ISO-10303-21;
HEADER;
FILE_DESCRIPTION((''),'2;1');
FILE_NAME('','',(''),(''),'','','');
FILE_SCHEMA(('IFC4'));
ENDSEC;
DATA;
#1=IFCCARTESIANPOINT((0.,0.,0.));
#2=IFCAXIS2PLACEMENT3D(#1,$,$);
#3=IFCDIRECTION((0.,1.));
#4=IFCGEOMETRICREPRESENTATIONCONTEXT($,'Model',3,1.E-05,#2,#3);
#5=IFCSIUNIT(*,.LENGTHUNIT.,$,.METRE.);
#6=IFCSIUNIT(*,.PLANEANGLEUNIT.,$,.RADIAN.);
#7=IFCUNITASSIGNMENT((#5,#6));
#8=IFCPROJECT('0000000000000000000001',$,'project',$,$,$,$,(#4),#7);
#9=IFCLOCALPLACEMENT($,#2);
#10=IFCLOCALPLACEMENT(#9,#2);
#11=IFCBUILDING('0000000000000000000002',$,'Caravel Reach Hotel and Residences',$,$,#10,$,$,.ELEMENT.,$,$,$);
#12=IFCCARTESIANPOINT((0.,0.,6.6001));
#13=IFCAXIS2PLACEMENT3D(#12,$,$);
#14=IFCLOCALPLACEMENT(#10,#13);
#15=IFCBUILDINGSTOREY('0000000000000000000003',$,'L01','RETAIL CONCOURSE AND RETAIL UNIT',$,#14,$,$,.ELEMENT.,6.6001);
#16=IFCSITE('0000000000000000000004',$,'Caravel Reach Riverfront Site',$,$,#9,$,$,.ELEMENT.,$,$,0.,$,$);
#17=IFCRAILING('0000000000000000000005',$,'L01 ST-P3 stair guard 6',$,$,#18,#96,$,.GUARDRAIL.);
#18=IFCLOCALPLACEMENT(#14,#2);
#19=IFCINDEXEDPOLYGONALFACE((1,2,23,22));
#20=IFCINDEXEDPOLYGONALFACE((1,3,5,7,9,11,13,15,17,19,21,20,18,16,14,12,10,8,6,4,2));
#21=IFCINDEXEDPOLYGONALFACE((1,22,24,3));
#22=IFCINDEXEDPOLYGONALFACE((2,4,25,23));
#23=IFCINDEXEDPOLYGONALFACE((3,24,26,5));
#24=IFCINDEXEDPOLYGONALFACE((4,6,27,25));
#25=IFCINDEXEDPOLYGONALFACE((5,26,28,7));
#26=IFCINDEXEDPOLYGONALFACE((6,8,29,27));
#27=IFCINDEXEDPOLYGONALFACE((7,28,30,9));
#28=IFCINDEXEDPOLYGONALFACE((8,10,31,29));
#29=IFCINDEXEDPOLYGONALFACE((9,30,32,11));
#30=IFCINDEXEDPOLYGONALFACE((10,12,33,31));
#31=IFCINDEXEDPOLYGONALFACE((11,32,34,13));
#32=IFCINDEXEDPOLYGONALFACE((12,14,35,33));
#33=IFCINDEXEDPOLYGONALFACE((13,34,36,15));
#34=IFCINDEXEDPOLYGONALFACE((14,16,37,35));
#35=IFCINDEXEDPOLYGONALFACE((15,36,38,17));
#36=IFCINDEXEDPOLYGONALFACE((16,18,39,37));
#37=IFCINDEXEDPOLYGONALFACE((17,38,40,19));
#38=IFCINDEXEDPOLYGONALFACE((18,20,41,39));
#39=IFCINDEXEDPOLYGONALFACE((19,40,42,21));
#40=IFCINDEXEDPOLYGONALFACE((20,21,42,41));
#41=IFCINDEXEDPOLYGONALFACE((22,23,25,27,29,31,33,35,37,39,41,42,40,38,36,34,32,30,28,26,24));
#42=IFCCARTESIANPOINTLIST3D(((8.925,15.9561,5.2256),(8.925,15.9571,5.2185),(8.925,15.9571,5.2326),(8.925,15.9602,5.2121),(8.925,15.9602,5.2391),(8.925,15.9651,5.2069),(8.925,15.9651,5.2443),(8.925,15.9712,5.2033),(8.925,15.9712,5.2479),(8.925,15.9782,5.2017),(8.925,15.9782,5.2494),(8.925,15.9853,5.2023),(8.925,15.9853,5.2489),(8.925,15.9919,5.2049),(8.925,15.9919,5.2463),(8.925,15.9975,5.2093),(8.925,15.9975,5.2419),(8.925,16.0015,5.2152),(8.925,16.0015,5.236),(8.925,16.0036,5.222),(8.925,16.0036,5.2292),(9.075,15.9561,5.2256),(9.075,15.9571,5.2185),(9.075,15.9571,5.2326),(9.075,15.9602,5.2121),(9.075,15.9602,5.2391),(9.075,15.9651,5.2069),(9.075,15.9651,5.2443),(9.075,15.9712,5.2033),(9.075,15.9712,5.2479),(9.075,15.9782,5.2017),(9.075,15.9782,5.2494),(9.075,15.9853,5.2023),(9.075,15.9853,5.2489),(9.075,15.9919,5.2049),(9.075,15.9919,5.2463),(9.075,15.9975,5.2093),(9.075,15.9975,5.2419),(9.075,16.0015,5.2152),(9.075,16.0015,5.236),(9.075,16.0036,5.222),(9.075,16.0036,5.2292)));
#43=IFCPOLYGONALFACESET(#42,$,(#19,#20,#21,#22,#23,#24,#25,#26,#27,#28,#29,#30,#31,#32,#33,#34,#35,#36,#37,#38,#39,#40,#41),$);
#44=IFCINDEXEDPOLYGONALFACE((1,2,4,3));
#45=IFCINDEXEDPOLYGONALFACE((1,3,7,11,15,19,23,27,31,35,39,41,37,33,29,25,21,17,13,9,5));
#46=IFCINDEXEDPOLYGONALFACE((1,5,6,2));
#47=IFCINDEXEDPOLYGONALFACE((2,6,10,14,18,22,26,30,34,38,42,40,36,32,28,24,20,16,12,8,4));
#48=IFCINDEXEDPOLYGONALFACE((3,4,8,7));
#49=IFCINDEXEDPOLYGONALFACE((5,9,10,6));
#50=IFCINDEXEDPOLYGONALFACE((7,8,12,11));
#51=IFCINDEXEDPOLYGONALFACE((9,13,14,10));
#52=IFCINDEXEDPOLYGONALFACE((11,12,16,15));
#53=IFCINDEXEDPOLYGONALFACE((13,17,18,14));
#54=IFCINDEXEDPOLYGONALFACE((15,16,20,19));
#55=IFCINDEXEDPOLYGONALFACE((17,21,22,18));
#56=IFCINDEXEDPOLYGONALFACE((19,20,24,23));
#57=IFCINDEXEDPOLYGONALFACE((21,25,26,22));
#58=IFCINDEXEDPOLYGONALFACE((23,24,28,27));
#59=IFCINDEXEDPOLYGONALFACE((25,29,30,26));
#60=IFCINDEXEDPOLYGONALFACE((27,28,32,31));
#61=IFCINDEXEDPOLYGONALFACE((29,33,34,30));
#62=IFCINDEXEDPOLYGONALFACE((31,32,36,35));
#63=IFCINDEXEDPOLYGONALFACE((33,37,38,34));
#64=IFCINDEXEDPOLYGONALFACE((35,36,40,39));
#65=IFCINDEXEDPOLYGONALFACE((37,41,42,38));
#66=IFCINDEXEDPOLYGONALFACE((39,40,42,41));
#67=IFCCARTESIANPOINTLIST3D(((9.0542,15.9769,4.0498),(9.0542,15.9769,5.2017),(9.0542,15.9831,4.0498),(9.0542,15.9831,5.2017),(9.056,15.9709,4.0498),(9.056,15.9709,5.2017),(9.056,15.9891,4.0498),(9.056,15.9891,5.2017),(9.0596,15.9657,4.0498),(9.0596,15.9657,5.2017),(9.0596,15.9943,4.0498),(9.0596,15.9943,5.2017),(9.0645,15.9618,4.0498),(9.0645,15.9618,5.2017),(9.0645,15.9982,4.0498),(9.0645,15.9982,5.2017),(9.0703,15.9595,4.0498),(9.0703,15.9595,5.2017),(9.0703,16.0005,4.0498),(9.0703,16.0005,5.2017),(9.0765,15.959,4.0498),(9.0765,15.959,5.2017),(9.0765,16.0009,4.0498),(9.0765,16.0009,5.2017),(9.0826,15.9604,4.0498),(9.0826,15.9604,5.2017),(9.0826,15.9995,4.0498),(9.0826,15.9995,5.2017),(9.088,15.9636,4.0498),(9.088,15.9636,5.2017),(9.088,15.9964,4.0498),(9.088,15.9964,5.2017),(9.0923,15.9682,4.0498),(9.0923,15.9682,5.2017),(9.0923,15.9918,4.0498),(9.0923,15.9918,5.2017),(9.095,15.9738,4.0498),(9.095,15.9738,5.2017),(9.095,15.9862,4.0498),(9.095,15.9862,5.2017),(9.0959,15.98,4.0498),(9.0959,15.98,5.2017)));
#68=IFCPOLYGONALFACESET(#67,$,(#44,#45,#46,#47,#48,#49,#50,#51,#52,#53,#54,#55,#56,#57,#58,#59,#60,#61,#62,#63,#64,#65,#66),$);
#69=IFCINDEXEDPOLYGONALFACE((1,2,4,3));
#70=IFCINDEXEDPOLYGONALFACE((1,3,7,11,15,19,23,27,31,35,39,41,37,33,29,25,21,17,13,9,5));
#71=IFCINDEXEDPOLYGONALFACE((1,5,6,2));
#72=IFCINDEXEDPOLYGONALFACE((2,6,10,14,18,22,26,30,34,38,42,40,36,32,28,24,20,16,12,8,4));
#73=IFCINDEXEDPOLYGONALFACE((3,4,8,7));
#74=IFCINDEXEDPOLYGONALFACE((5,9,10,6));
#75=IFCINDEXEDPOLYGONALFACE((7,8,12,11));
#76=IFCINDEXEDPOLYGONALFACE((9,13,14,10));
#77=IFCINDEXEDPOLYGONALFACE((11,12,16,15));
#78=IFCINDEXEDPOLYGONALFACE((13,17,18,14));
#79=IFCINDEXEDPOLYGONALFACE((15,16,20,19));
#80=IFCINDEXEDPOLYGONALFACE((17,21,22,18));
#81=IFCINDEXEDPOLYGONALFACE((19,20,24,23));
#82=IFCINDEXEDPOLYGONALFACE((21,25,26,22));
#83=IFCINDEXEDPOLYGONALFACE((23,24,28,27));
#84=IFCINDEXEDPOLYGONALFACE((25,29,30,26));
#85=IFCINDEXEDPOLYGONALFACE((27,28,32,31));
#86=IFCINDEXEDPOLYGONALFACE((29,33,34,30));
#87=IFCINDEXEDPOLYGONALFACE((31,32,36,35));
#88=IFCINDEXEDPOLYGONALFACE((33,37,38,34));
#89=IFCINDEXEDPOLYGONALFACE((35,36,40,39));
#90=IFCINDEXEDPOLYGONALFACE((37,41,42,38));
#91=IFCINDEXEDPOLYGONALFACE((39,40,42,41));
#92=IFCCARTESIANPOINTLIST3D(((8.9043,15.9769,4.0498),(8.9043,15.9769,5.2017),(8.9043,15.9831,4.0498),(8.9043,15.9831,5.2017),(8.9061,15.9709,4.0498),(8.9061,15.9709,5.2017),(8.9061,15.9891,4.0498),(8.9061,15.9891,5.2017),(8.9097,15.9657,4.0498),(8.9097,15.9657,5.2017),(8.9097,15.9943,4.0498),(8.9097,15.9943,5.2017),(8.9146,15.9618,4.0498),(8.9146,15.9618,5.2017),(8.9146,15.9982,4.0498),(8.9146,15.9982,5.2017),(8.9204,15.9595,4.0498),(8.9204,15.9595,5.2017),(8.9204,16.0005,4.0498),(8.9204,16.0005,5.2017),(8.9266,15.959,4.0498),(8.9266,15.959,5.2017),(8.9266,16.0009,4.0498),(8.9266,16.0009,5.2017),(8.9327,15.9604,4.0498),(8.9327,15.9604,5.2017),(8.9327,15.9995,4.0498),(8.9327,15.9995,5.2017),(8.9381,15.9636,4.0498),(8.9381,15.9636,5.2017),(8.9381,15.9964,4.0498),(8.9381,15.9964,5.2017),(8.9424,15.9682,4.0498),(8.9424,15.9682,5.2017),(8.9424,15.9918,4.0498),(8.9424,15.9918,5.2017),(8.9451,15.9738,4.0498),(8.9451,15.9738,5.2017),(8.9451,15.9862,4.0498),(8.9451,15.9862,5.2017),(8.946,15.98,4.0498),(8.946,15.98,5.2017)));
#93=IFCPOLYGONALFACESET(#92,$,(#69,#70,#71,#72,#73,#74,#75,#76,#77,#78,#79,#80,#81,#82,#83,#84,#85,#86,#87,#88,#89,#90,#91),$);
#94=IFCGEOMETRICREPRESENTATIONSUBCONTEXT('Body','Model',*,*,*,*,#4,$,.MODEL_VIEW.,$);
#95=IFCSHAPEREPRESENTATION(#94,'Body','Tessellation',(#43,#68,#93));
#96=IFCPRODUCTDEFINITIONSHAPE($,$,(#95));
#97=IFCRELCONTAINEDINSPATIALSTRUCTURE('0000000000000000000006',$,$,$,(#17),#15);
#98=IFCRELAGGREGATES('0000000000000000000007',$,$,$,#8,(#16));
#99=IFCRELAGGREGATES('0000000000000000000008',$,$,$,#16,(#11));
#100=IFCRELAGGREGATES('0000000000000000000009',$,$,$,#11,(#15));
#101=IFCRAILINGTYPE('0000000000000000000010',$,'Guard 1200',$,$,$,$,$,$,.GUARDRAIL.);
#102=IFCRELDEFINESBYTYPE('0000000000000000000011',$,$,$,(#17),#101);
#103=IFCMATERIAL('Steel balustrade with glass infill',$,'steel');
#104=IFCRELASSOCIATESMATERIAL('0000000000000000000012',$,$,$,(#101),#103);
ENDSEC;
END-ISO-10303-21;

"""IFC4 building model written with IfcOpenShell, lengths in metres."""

from ifc_helpers import new_model, si_unit, direction, frame, origin, origin_2d, place, context, subcontext, project, spatial, circle, extrude, material, type_object, element, save


model = new_model("IFC4")

# Units and contexts
model_context = context("Model", 3, precision=1e-05, world=origin(), true_north=direction((0.0, 1.0)))
body_context = subcontext(model_context, "Body", "Model", "MODEL_VIEW")
ifc_project = project(units=[si_unit("LENGTHUNIT", "METRE"), si_unit("PLANEANGLEUNIT", "RADIAN")], contexts=[model_context])

# Site, building, storey
site_placement = place(None, origin())
site = spatial("IfcSite", under=ifc_project, at=site_placement, Name="Caravel Reach Riverfront Site", CompositionType="ELEMENT", RefElevation=0.0)
building_placement = place(site_placement, origin())
building = spatial("IfcBuilding", under=site, at=building_placement, Name="Caravel Reach Hotel and Residences", CompositionType="ELEMENT")
storey_placement = place(building_placement, frame((0.0, 0.0, 6.6001)))
storey = spatial("IfcBuildingStorey", under=building, at=storey_placement, Name="L01", Description="RETAIL CONCOURSE AND RETAIL UNIT", CompositionType="ELEMENT", Elevation=6.6001)

# Railing
ifc_material_1 = material(Name="Steel balustrade with glass infill", Category="steel")
railing_type_1 = type_object("IfcRailingType", Name="Guard 1200", PredefinedType="GUARDRAIL", material=ifc_material_1)
railing_1_placement = place(storey_placement, frame((9.075, 15.98, 4.0498)))
element("IfcRailing", 1, at=railing_1_placement, inside=storey, type_object=railing_type_1, Name="L01 ST-P3 stair guard 6", PredefinedType="GUARDRAIL", context=body_context, shape_type="SweptSolid", body=[
    extrude(circle(Radius=0.0239, at=origin_2d()), frame((0.0, 0.0, 1.1758), z_axis=(-1.0, 0.0, 0.0), x_axis=(0.0, -1.0, 0.0)), (0.0, 0.0, 1.0), 0.1499),
    extrude(circle(Radius=0.021, at=origin_2d()), origin(), (0.0, 0.0, 1.0), 1.1519),
    extrude(circle(Radius=0.021, at=origin_2d()), frame((-0.1499, 0.0, 0.0)), (0.0, 0.0, 1.0), 1.1519),
])

save(model, "model.ifc")
